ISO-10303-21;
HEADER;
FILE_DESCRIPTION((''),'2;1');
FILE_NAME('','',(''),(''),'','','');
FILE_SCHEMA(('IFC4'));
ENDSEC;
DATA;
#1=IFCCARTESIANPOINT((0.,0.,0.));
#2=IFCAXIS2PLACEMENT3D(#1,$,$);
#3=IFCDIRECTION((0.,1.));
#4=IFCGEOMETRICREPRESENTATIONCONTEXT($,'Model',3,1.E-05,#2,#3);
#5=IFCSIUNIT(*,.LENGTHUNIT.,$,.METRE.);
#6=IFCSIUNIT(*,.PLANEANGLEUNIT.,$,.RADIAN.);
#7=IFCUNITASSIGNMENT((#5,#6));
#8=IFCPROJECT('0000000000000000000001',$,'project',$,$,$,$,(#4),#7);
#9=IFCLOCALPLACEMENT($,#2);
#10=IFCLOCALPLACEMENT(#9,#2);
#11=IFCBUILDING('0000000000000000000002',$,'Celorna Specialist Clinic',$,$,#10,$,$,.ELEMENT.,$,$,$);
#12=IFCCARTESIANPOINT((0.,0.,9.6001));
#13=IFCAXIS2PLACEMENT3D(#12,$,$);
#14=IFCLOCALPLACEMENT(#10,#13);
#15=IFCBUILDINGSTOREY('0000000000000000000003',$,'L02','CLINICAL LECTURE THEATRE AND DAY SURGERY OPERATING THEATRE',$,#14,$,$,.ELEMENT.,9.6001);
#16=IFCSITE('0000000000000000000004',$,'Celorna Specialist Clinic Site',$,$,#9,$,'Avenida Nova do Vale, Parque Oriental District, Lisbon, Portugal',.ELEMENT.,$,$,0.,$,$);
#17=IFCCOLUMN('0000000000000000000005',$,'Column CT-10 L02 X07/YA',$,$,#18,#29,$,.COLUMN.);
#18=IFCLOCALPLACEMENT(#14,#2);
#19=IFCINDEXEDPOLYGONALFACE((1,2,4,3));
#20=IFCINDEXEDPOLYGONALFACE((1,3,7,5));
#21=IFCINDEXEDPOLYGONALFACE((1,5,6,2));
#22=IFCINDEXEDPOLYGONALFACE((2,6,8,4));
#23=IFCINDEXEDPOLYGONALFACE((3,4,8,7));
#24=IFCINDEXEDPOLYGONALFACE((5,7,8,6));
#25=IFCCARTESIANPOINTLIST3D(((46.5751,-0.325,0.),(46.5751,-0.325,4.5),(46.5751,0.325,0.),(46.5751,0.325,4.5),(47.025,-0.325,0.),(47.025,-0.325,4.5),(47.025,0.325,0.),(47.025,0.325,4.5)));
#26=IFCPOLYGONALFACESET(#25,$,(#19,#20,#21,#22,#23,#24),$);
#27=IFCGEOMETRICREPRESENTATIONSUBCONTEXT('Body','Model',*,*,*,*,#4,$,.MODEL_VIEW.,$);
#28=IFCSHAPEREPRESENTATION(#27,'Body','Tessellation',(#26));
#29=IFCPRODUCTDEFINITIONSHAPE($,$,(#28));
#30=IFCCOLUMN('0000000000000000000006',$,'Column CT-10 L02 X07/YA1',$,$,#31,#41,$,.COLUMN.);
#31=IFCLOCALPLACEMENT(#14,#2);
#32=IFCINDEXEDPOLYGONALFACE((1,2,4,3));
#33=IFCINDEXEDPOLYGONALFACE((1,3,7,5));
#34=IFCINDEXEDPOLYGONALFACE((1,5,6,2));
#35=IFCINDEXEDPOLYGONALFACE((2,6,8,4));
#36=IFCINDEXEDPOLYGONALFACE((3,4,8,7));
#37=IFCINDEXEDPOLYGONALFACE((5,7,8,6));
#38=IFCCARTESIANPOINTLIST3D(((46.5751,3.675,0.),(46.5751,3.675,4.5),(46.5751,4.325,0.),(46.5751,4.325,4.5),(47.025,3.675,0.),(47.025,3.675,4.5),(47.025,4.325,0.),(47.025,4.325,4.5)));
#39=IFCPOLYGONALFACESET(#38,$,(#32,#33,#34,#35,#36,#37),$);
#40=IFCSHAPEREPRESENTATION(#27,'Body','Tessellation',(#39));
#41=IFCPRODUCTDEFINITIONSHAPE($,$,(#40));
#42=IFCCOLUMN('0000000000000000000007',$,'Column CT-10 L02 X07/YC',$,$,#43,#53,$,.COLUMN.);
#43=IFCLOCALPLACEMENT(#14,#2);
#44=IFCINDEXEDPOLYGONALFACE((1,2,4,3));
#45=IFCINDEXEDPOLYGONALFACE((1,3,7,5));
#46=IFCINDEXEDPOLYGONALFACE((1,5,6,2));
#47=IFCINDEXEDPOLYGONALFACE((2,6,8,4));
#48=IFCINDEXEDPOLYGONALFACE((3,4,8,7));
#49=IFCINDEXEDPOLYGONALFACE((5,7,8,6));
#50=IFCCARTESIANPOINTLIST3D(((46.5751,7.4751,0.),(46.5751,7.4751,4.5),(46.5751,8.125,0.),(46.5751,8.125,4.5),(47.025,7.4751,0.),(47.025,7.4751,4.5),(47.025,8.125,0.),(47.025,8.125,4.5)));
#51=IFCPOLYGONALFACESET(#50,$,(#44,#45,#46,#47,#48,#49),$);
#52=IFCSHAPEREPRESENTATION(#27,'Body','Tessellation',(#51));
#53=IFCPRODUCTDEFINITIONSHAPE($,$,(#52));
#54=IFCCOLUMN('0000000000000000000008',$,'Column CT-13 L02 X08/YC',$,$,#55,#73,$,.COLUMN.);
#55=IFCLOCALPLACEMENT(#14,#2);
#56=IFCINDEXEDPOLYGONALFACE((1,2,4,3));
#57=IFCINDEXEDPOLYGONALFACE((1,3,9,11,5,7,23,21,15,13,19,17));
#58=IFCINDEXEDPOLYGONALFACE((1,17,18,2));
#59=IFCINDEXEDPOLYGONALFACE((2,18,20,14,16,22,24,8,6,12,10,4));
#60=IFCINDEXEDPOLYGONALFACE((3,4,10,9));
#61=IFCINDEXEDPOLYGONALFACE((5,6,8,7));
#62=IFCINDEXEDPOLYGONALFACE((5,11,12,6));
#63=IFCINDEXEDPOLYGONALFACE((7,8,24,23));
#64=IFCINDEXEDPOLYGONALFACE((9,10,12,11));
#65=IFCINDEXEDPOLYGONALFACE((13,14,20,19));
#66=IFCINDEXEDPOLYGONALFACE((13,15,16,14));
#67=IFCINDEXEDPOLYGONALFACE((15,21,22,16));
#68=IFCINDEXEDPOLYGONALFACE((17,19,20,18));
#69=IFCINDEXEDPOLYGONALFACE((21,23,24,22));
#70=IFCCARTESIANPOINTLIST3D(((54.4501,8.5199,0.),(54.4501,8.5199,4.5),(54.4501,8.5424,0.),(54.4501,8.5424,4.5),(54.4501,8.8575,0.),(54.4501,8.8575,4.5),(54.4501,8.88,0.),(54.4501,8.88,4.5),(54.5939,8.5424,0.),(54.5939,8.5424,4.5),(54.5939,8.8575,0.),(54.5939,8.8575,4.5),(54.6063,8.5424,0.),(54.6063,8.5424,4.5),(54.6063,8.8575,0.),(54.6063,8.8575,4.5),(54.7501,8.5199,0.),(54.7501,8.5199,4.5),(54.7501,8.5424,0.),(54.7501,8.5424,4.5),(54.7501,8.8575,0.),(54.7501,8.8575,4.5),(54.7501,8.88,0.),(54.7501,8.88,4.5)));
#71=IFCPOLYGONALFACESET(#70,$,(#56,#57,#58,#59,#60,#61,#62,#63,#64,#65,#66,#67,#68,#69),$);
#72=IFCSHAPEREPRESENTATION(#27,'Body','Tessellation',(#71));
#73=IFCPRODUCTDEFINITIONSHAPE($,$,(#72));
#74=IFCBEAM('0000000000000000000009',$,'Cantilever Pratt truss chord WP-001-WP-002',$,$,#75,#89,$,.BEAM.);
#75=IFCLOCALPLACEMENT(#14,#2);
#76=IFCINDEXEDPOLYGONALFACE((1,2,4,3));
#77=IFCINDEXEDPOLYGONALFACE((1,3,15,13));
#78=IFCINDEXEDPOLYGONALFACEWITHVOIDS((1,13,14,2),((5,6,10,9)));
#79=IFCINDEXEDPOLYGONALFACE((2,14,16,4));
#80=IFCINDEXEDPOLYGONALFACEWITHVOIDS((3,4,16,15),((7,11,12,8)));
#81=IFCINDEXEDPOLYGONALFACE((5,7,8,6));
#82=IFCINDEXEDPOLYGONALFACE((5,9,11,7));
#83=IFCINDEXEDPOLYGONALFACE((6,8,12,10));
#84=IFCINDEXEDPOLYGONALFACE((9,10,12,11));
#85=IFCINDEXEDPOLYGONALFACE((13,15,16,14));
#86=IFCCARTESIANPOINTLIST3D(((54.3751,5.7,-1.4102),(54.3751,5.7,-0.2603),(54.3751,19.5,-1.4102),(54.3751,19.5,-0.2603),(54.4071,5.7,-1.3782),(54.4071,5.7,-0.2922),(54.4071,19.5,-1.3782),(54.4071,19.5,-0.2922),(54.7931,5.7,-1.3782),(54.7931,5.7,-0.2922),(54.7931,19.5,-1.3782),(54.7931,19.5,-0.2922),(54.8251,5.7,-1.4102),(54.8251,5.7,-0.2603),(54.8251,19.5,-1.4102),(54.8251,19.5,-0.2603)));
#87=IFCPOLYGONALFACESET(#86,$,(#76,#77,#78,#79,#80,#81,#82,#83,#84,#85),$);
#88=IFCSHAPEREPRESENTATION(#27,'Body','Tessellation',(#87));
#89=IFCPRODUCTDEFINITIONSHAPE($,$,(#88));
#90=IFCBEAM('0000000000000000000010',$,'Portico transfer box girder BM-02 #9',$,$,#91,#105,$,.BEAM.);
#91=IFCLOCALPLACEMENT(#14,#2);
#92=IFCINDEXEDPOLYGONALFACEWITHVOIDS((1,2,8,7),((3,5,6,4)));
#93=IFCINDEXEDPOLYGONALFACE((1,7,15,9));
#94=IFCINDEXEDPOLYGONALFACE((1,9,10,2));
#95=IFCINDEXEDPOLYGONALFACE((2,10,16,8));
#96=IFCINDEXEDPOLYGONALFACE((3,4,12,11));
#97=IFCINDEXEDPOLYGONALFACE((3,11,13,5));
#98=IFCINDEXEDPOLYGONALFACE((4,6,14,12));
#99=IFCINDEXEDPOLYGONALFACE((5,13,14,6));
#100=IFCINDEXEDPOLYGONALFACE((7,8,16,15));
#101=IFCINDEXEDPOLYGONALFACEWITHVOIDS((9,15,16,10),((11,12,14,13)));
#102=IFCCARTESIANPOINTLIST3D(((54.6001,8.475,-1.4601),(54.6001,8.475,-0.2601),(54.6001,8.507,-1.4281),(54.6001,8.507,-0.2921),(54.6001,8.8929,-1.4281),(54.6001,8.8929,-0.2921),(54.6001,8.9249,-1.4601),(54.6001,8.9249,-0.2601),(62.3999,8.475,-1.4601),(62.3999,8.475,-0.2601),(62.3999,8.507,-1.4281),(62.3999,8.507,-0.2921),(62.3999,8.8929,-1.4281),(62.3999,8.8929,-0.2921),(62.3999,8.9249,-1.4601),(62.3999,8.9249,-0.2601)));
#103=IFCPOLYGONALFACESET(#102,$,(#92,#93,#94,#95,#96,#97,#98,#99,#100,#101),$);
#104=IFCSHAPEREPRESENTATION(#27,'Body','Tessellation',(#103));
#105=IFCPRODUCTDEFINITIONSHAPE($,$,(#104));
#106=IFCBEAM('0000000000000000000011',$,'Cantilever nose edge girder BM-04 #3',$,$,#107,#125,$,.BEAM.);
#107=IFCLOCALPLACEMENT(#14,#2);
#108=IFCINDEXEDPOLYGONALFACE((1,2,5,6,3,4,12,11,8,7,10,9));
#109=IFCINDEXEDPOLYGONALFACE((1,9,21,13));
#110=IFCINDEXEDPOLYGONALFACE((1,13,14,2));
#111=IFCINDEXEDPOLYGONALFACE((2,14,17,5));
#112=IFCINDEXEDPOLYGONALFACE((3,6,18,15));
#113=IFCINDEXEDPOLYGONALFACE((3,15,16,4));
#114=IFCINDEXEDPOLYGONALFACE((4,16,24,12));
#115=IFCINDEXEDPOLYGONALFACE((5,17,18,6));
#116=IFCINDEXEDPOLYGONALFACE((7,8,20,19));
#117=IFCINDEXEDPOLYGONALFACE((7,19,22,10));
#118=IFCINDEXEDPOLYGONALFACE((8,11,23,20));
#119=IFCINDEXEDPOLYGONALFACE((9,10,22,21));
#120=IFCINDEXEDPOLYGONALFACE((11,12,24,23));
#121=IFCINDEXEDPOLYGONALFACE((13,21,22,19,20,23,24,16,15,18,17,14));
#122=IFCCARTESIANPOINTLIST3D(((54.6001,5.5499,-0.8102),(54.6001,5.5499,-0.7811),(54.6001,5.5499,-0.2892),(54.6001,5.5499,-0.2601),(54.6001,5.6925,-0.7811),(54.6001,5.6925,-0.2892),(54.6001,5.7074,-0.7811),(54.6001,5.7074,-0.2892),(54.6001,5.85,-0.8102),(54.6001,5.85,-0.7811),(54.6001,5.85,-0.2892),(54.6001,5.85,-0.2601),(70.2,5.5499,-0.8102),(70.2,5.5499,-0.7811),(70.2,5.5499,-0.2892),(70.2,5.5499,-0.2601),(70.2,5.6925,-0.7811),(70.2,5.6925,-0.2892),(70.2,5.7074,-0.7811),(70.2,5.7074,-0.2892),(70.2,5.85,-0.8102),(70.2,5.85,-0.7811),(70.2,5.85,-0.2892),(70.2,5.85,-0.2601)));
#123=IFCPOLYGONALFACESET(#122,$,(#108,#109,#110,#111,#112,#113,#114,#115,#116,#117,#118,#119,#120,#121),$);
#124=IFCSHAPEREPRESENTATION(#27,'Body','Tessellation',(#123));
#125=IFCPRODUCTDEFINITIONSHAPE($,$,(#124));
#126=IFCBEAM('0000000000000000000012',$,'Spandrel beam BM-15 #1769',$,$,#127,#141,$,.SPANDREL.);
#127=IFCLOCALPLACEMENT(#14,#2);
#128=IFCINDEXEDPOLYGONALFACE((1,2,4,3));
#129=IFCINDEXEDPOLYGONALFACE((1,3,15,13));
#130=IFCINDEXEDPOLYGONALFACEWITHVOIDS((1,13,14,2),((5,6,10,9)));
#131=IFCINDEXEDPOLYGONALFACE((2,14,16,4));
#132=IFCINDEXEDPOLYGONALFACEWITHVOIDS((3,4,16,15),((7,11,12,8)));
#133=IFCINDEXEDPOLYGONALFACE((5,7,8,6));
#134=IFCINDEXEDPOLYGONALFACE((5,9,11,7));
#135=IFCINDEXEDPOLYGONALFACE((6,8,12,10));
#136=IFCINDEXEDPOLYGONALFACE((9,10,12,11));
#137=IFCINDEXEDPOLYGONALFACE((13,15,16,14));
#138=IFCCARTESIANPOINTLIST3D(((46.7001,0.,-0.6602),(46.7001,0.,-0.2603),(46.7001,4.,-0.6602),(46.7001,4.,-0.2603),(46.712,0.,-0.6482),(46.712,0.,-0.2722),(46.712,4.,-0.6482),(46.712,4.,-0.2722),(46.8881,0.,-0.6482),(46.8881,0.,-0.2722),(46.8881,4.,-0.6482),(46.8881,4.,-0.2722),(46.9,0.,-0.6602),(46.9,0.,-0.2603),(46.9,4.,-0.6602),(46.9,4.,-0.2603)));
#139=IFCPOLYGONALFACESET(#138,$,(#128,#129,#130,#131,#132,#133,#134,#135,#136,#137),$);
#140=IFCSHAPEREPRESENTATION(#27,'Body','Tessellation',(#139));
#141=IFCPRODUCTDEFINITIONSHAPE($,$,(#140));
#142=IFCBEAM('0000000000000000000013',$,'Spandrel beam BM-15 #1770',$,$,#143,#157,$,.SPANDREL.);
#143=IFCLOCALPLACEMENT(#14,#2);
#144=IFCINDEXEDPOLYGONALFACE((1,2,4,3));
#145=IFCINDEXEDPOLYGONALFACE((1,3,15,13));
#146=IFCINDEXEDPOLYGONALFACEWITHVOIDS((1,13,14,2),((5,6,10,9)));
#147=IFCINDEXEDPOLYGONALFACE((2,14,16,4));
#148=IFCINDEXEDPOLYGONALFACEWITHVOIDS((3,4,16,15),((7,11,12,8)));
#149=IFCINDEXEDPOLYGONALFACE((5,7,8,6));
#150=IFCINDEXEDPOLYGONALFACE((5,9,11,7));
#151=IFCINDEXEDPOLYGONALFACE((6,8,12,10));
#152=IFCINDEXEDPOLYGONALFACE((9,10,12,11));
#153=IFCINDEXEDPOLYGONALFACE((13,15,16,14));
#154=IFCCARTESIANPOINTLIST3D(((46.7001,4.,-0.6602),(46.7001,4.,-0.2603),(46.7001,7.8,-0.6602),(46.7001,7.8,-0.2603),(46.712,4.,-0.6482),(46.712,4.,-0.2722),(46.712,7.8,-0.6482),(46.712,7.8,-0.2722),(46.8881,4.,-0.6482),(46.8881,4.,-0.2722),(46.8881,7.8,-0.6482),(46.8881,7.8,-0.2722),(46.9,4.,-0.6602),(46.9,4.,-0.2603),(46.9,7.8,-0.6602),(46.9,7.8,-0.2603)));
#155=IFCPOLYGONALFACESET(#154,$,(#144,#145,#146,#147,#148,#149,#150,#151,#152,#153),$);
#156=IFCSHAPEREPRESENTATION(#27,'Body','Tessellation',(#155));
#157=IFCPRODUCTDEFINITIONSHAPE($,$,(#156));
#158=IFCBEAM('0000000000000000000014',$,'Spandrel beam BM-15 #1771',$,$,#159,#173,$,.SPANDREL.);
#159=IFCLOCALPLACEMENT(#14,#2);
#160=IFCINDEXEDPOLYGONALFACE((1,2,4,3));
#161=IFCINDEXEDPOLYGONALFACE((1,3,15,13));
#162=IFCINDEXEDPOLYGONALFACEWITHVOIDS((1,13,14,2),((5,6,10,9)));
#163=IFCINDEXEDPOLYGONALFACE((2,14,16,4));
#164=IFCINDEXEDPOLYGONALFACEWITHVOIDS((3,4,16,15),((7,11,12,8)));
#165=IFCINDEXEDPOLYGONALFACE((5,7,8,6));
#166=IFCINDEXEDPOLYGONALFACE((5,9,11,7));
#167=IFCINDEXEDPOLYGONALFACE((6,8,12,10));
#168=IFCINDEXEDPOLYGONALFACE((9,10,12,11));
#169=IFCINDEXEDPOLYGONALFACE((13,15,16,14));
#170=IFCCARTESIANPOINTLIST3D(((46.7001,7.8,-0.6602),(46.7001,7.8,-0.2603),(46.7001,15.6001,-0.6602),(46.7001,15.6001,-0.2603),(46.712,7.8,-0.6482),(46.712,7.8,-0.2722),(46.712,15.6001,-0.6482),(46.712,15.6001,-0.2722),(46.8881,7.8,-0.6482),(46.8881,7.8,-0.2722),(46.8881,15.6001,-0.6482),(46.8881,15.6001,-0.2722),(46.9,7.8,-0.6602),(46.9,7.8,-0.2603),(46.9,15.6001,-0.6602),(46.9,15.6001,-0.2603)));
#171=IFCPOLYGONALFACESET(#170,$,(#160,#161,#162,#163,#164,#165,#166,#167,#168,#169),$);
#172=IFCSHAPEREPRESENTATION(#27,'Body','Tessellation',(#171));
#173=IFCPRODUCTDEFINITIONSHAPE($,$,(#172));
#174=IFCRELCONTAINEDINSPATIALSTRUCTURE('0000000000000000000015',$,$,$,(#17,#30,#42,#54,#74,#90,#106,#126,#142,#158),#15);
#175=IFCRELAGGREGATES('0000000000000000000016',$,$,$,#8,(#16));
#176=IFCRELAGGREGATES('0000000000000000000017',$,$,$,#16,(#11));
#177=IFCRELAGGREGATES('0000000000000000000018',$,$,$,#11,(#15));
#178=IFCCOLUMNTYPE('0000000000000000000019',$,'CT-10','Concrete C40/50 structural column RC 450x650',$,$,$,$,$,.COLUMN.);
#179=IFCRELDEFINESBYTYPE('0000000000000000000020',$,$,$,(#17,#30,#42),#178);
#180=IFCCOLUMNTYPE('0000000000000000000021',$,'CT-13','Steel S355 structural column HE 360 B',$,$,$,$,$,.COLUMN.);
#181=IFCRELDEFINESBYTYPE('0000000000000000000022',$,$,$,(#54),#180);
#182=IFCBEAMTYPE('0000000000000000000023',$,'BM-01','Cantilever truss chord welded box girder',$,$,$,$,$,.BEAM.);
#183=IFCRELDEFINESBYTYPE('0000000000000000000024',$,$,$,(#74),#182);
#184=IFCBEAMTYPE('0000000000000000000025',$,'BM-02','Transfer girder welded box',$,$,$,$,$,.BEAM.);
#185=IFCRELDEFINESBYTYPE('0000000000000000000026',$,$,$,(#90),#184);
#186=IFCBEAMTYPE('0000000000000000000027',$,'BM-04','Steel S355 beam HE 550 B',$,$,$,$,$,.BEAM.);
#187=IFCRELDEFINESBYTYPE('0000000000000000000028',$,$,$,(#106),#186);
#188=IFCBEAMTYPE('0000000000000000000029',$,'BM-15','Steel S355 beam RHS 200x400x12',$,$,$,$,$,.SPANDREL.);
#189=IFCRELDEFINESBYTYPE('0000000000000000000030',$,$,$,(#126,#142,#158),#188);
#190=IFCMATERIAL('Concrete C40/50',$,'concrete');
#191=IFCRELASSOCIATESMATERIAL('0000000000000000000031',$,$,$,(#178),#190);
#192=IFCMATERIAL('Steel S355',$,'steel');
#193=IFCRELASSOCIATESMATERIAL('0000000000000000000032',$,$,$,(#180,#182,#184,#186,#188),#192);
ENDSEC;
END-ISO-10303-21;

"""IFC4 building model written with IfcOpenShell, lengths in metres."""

from ifc_helpers import new_model, si_unit, direction, frame, origin, origin_2d, place, context, subcontext, project, spatial, rectangle, hollow_rectangle, i_section, extrude, material, material_profile, profile_set, type_object, element, save


model = new_model("IFC4")

# Units and contexts
model_context = context("Model", 3, precision=1e-05, world=origin(), true_north=direction((0.0, 1.0)))
body_context = subcontext(model_context, "Body", "Model", "MODEL_VIEW")
ifc_project = project(units=[si_unit("LENGTHUNIT", "METRE"), si_unit("PLANEANGLEUNIT", "RADIAN")], contexts=[model_context])

# Site, building, storey
site_placement = place(None, origin())
site = spatial("IfcSite", under=ifc_project, at=site_placement, Name="Celorna Specialist Clinic Site", LongName="Avenida Nova do Vale, Parque Oriental District, Lisbon, Portugal", CompositionType="ELEMENT", RefElevation=0.0)
building_placement = place(site_placement, origin())
building = spatial("IfcBuilding", under=site, at=building_placement, Name="Celorna Specialist Clinic", CompositionType="ELEMENT")
storey_placement = place(building_placement, frame((0.0, 0.0, 9.6001)))
storey = spatial("IfcBuildingStorey", under=building, at=storey_placement, Name="L02", Description="CLINICAL LECTURE THEATRE AND DAY SURGERY OPERATING THEATRE", CompositionType="ELEMENT", Elevation=9.6001)

# Columns
ifc_material_1 = material(Name="Concrete C40/50", Category="concrete")
ifc_material_profile_1 = material_profile(ifc_material_1, rectangle(XDim=0.45, YDim=0.6499, at=origin_2d()), Name="RC 450x650")
ifc_profile_set_1 = profile_set([ifc_material_profile_1], Name="Concrete C40/50")
column_type_1 = type_object("IfcColumnType", Name="CT-10", Description="Concrete C40/50 structural column RC 450x650", PredefinedType="COLUMN", material=ifc_profile_set_1)
for number, where, z_axis, x_axis, name in (
    (1, (46.8, 0.0, 0.0), (0.0, 0.0, 1.0), (1.0, 0.0, 0.0), "Column CT-10 L02 X07/YA"),
    (2, (46.8, 4.0, 0.0), (0.0, 0.0, 1.0), (1.0, 0.0, 0.0), "Column CT-10 L02 X07/YA1"),
    (3, (46.8, 7.8, 0.0), (0.0, 0.0, 1.0), (1.0, 0.0, 0.0), "Column CT-10 L02 X07/YC"),
):
    element("IfcColumn", number, at=place(storey_placement, frame(where, z_axis=z_axis, x_axis=x_axis)), inside=storey, type_object=column_type_1, Name=name, PredefinedType="COLUMN", context=body_context, shape_type="SweptSolid", body=[
        extrude(rectangle(XDim=0.45, YDim=0.6499, at=origin_2d()), origin(), (0.0, 0.0, 1.0), 4.5),
    ])
ifc_material_2 = material(Name="Steel S355", Category="steel")
ifc_material_profile_2 = material_profile(ifc_material_2, i_section(OverallWidth=0.3, OverallDepth=0.3601, WebThickness=0.0125, FlangeThickness=0.0225, at=origin_2d()), Name="HE 360 B")
ifc_profile_set_2 = profile_set([ifc_material_profile_2], Name="Steel S355")
column_type_2 = type_object("IfcColumnType", Name="CT-13", Description="Steel S355 structural column HE 360 B", PredefinedType="COLUMN", material=ifc_profile_set_2)
column_placement = place(storey_placement, frame((54.6001, 8.7, 0.0), z_axis=(0.0, 0.0, 1.0), x_axis=(1.0, 0.0, 0.0)))
element("IfcColumn", 4, at=column_placement, inside=storey, type_object=column_type_2, Name="Column CT-13 L02 X08/YC", PredefinedType="COLUMN", context=body_context, shape_type="SweptSolid", body=[
    extrude(i_section(OverallWidth=0.3, OverallDepth=0.3601, WebThickness=0.0125, FlangeThickness=0.0225, at=origin_2d()), origin(), (0.0, 0.0, 1.0), 4.5),
])

# Beams
ifc_material_profile_3 = material_profile(ifc_material_2, hollow_rectangle(XDim=0.45, YDim=1.1499, WallThickness=0.032, at=origin_2d()), Name="BOX 450x1150x32")
ifc_profile_set_3 = profile_set([ifc_material_profile_3], Name="Steel S355")
beam_type_1 = type_object("IfcBeamType", Name="BM-01", Description="Cantilever truss chord welded box girder", PredefinedType="BEAM", material=ifc_profile_set_3)
beam_1_placement = place(storey_placement, frame((54.6001, 5.7, -0.8352), z_axis=(0.0, 1.0, 0.0), x_axis=(-1.0, 0.0, 0.0)))
element("IfcBeam", 5, at=beam_1_placement, inside=storey, type_object=beam_type_1, Name="Cantilever Pratt truss chord WP-001-WP-002", PredefinedType="BEAM", context=body_context, shape_type="SweptSolid", body=[
    extrude(hollow_rectangle(XDim=0.45, YDim=1.1499, WallThickness=0.032, at=origin_2d()), origin(), (0.0, 0.0, 1.0), 13.8),
])
ifc_material_profile_4 = material_profile(ifc_material_2, hollow_rectangle(XDim=0.45, YDim=1.2, WallThickness=0.032, at=origin_2d()), Name="BOX 450x1200x32")
ifc_profile_set_4 = profile_set([ifc_material_profile_4], Name="Steel S355")
beam_type_2 = type_object("IfcBeamType", Name="BM-02", Description="Transfer girder welded box", PredefinedType="BEAM", material=ifc_profile_set_4)
beam_2_placement = place(storey_placement, frame((54.6001, 8.7, -0.8601), z_axis=(1.0, 0.0, 0.0), x_axis=(0.0, 1.0, 0.0)))
element("IfcBeam", 6, at=beam_2_placement, inside=storey, type_object=beam_type_2, Name="Portico transfer box girder BM-02 #9", PredefinedType="BEAM", context=body_context, shape_type="SweptSolid", body=[
    extrude(hollow_rectangle(XDim=0.45, YDim=1.2, WallThickness=0.032, at=origin_2d()), origin(), (0.0, 0.0, 1.0), 7.7998),
])
ifc_material_profile_5 = material_profile(ifc_material_2, i_section(OverallWidth=0.3, OverallDepth=0.55, WebThickness=0.0149, FlangeThickness=0.0291, at=origin_2d()), Name="HE 550 B")
ifc_profile_set_5 = profile_set([ifc_material_profile_5], Name="Steel S355")
beam_type_3 = type_object("IfcBeamType", Name="BM-04", Description="Steel S355 beam HE 550 B", PredefinedType="BEAM", material=ifc_profile_set_5)
beam_3_placement = place(storey_placement, frame((54.6001, 5.7, -0.5352), z_axis=(1.0, 0.0, 0.0), x_axis=(0.0, 1.0, 0.0)))
element("IfcBeam", 7, at=beam_3_placement, inside=storey, type_object=beam_type_3, Name="Cantilever nose edge girder BM-04 #3", PredefinedType="BEAM", context=body_context, shape_type="SweptSolid", body=[
    extrude(i_section(OverallWidth=0.3, OverallDepth=0.55, WebThickness=0.0149, FlangeThickness=0.0291, at=origin_2d()), origin(), (0.0, 0.0, 1.0), 15.5999),
])
ifc_material_profile_6 = material_profile(ifc_material_2, hollow_rectangle(XDim=0.2, YDim=0.3999, WallThickness=0.012, at=origin_2d()), Name="RHS 200x400x12")
ifc_profile_set_6 = profile_set([ifc_material_profile_6], Name="Steel S355")
beam_type_4 = type_object("IfcBeamType", Name="BM-15", Description="Steel S355 beam RHS 200x400x12", PredefinedType="SPANDREL", material=ifc_profile_set_6)
beam_4_placement = place(storey_placement, frame((46.8, 0.0, -0.4602), z_axis=(0.0, 1.0, 0.0), x_axis=(-1.0, 0.0, 0.0)))
element("IfcBeam", 8, at=beam_4_placement, inside=storey, type_object=beam_type_4, Name="Spandrel beam BM-15 #1769", PredefinedType="SPANDREL", context=body_context, shape_type="SweptSolid", body=[
    extrude(hollow_rectangle(XDim=0.2, YDim=0.3999, WallThickness=0.012, at=origin_2d()), origin(), (0.0, 0.0, 1.0), 4.0),
])
beam_5_placement = place(storey_placement, frame((46.8, 4.0, -0.4602), z_axis=(0.0, 1.0, 0.0), x_axis=(-1.0, 0.0, 0.0)))
element("IfcBeam", 9, at=beam_5_placement, inside=storey, type_object=beam_type_4, Name="Spandrel beam BM-15 #1770", PredefinedType="SPANDREL", context=body_context, shape_type="SweptSolid", body=[
    extrude(hollow_rectangle(XDim=0.2, YDim=0.3999, WallThickness=0.012, at=origin_2d()), origin(), (0.0, 0.0, 1.0), 3.8),
])
beam_6_placement = place(storey_placement, frame((46.8, 7.8, -0.4602), z_axis=(0.0, 1.0, 0.0), x_axis=(-1.0, 0.0, 0.0)))
element("IfcBeam", 10, at=beam_6_placement, inside=storey, type_object=beam_type_4, Name="Spandrel beam BM-15 #1771", PredefinedType="SPANDREL", context=body_context, shape_type="SweptSolid", body=[
    extrude(hollow_rectangle(XDim=0.2, YDim=0.3999, WallThickness=0.012, at=origin_2d()), origin(), (0.0, 0.0, 1.0), 7.8),
])

save(model, "model.ifc")
